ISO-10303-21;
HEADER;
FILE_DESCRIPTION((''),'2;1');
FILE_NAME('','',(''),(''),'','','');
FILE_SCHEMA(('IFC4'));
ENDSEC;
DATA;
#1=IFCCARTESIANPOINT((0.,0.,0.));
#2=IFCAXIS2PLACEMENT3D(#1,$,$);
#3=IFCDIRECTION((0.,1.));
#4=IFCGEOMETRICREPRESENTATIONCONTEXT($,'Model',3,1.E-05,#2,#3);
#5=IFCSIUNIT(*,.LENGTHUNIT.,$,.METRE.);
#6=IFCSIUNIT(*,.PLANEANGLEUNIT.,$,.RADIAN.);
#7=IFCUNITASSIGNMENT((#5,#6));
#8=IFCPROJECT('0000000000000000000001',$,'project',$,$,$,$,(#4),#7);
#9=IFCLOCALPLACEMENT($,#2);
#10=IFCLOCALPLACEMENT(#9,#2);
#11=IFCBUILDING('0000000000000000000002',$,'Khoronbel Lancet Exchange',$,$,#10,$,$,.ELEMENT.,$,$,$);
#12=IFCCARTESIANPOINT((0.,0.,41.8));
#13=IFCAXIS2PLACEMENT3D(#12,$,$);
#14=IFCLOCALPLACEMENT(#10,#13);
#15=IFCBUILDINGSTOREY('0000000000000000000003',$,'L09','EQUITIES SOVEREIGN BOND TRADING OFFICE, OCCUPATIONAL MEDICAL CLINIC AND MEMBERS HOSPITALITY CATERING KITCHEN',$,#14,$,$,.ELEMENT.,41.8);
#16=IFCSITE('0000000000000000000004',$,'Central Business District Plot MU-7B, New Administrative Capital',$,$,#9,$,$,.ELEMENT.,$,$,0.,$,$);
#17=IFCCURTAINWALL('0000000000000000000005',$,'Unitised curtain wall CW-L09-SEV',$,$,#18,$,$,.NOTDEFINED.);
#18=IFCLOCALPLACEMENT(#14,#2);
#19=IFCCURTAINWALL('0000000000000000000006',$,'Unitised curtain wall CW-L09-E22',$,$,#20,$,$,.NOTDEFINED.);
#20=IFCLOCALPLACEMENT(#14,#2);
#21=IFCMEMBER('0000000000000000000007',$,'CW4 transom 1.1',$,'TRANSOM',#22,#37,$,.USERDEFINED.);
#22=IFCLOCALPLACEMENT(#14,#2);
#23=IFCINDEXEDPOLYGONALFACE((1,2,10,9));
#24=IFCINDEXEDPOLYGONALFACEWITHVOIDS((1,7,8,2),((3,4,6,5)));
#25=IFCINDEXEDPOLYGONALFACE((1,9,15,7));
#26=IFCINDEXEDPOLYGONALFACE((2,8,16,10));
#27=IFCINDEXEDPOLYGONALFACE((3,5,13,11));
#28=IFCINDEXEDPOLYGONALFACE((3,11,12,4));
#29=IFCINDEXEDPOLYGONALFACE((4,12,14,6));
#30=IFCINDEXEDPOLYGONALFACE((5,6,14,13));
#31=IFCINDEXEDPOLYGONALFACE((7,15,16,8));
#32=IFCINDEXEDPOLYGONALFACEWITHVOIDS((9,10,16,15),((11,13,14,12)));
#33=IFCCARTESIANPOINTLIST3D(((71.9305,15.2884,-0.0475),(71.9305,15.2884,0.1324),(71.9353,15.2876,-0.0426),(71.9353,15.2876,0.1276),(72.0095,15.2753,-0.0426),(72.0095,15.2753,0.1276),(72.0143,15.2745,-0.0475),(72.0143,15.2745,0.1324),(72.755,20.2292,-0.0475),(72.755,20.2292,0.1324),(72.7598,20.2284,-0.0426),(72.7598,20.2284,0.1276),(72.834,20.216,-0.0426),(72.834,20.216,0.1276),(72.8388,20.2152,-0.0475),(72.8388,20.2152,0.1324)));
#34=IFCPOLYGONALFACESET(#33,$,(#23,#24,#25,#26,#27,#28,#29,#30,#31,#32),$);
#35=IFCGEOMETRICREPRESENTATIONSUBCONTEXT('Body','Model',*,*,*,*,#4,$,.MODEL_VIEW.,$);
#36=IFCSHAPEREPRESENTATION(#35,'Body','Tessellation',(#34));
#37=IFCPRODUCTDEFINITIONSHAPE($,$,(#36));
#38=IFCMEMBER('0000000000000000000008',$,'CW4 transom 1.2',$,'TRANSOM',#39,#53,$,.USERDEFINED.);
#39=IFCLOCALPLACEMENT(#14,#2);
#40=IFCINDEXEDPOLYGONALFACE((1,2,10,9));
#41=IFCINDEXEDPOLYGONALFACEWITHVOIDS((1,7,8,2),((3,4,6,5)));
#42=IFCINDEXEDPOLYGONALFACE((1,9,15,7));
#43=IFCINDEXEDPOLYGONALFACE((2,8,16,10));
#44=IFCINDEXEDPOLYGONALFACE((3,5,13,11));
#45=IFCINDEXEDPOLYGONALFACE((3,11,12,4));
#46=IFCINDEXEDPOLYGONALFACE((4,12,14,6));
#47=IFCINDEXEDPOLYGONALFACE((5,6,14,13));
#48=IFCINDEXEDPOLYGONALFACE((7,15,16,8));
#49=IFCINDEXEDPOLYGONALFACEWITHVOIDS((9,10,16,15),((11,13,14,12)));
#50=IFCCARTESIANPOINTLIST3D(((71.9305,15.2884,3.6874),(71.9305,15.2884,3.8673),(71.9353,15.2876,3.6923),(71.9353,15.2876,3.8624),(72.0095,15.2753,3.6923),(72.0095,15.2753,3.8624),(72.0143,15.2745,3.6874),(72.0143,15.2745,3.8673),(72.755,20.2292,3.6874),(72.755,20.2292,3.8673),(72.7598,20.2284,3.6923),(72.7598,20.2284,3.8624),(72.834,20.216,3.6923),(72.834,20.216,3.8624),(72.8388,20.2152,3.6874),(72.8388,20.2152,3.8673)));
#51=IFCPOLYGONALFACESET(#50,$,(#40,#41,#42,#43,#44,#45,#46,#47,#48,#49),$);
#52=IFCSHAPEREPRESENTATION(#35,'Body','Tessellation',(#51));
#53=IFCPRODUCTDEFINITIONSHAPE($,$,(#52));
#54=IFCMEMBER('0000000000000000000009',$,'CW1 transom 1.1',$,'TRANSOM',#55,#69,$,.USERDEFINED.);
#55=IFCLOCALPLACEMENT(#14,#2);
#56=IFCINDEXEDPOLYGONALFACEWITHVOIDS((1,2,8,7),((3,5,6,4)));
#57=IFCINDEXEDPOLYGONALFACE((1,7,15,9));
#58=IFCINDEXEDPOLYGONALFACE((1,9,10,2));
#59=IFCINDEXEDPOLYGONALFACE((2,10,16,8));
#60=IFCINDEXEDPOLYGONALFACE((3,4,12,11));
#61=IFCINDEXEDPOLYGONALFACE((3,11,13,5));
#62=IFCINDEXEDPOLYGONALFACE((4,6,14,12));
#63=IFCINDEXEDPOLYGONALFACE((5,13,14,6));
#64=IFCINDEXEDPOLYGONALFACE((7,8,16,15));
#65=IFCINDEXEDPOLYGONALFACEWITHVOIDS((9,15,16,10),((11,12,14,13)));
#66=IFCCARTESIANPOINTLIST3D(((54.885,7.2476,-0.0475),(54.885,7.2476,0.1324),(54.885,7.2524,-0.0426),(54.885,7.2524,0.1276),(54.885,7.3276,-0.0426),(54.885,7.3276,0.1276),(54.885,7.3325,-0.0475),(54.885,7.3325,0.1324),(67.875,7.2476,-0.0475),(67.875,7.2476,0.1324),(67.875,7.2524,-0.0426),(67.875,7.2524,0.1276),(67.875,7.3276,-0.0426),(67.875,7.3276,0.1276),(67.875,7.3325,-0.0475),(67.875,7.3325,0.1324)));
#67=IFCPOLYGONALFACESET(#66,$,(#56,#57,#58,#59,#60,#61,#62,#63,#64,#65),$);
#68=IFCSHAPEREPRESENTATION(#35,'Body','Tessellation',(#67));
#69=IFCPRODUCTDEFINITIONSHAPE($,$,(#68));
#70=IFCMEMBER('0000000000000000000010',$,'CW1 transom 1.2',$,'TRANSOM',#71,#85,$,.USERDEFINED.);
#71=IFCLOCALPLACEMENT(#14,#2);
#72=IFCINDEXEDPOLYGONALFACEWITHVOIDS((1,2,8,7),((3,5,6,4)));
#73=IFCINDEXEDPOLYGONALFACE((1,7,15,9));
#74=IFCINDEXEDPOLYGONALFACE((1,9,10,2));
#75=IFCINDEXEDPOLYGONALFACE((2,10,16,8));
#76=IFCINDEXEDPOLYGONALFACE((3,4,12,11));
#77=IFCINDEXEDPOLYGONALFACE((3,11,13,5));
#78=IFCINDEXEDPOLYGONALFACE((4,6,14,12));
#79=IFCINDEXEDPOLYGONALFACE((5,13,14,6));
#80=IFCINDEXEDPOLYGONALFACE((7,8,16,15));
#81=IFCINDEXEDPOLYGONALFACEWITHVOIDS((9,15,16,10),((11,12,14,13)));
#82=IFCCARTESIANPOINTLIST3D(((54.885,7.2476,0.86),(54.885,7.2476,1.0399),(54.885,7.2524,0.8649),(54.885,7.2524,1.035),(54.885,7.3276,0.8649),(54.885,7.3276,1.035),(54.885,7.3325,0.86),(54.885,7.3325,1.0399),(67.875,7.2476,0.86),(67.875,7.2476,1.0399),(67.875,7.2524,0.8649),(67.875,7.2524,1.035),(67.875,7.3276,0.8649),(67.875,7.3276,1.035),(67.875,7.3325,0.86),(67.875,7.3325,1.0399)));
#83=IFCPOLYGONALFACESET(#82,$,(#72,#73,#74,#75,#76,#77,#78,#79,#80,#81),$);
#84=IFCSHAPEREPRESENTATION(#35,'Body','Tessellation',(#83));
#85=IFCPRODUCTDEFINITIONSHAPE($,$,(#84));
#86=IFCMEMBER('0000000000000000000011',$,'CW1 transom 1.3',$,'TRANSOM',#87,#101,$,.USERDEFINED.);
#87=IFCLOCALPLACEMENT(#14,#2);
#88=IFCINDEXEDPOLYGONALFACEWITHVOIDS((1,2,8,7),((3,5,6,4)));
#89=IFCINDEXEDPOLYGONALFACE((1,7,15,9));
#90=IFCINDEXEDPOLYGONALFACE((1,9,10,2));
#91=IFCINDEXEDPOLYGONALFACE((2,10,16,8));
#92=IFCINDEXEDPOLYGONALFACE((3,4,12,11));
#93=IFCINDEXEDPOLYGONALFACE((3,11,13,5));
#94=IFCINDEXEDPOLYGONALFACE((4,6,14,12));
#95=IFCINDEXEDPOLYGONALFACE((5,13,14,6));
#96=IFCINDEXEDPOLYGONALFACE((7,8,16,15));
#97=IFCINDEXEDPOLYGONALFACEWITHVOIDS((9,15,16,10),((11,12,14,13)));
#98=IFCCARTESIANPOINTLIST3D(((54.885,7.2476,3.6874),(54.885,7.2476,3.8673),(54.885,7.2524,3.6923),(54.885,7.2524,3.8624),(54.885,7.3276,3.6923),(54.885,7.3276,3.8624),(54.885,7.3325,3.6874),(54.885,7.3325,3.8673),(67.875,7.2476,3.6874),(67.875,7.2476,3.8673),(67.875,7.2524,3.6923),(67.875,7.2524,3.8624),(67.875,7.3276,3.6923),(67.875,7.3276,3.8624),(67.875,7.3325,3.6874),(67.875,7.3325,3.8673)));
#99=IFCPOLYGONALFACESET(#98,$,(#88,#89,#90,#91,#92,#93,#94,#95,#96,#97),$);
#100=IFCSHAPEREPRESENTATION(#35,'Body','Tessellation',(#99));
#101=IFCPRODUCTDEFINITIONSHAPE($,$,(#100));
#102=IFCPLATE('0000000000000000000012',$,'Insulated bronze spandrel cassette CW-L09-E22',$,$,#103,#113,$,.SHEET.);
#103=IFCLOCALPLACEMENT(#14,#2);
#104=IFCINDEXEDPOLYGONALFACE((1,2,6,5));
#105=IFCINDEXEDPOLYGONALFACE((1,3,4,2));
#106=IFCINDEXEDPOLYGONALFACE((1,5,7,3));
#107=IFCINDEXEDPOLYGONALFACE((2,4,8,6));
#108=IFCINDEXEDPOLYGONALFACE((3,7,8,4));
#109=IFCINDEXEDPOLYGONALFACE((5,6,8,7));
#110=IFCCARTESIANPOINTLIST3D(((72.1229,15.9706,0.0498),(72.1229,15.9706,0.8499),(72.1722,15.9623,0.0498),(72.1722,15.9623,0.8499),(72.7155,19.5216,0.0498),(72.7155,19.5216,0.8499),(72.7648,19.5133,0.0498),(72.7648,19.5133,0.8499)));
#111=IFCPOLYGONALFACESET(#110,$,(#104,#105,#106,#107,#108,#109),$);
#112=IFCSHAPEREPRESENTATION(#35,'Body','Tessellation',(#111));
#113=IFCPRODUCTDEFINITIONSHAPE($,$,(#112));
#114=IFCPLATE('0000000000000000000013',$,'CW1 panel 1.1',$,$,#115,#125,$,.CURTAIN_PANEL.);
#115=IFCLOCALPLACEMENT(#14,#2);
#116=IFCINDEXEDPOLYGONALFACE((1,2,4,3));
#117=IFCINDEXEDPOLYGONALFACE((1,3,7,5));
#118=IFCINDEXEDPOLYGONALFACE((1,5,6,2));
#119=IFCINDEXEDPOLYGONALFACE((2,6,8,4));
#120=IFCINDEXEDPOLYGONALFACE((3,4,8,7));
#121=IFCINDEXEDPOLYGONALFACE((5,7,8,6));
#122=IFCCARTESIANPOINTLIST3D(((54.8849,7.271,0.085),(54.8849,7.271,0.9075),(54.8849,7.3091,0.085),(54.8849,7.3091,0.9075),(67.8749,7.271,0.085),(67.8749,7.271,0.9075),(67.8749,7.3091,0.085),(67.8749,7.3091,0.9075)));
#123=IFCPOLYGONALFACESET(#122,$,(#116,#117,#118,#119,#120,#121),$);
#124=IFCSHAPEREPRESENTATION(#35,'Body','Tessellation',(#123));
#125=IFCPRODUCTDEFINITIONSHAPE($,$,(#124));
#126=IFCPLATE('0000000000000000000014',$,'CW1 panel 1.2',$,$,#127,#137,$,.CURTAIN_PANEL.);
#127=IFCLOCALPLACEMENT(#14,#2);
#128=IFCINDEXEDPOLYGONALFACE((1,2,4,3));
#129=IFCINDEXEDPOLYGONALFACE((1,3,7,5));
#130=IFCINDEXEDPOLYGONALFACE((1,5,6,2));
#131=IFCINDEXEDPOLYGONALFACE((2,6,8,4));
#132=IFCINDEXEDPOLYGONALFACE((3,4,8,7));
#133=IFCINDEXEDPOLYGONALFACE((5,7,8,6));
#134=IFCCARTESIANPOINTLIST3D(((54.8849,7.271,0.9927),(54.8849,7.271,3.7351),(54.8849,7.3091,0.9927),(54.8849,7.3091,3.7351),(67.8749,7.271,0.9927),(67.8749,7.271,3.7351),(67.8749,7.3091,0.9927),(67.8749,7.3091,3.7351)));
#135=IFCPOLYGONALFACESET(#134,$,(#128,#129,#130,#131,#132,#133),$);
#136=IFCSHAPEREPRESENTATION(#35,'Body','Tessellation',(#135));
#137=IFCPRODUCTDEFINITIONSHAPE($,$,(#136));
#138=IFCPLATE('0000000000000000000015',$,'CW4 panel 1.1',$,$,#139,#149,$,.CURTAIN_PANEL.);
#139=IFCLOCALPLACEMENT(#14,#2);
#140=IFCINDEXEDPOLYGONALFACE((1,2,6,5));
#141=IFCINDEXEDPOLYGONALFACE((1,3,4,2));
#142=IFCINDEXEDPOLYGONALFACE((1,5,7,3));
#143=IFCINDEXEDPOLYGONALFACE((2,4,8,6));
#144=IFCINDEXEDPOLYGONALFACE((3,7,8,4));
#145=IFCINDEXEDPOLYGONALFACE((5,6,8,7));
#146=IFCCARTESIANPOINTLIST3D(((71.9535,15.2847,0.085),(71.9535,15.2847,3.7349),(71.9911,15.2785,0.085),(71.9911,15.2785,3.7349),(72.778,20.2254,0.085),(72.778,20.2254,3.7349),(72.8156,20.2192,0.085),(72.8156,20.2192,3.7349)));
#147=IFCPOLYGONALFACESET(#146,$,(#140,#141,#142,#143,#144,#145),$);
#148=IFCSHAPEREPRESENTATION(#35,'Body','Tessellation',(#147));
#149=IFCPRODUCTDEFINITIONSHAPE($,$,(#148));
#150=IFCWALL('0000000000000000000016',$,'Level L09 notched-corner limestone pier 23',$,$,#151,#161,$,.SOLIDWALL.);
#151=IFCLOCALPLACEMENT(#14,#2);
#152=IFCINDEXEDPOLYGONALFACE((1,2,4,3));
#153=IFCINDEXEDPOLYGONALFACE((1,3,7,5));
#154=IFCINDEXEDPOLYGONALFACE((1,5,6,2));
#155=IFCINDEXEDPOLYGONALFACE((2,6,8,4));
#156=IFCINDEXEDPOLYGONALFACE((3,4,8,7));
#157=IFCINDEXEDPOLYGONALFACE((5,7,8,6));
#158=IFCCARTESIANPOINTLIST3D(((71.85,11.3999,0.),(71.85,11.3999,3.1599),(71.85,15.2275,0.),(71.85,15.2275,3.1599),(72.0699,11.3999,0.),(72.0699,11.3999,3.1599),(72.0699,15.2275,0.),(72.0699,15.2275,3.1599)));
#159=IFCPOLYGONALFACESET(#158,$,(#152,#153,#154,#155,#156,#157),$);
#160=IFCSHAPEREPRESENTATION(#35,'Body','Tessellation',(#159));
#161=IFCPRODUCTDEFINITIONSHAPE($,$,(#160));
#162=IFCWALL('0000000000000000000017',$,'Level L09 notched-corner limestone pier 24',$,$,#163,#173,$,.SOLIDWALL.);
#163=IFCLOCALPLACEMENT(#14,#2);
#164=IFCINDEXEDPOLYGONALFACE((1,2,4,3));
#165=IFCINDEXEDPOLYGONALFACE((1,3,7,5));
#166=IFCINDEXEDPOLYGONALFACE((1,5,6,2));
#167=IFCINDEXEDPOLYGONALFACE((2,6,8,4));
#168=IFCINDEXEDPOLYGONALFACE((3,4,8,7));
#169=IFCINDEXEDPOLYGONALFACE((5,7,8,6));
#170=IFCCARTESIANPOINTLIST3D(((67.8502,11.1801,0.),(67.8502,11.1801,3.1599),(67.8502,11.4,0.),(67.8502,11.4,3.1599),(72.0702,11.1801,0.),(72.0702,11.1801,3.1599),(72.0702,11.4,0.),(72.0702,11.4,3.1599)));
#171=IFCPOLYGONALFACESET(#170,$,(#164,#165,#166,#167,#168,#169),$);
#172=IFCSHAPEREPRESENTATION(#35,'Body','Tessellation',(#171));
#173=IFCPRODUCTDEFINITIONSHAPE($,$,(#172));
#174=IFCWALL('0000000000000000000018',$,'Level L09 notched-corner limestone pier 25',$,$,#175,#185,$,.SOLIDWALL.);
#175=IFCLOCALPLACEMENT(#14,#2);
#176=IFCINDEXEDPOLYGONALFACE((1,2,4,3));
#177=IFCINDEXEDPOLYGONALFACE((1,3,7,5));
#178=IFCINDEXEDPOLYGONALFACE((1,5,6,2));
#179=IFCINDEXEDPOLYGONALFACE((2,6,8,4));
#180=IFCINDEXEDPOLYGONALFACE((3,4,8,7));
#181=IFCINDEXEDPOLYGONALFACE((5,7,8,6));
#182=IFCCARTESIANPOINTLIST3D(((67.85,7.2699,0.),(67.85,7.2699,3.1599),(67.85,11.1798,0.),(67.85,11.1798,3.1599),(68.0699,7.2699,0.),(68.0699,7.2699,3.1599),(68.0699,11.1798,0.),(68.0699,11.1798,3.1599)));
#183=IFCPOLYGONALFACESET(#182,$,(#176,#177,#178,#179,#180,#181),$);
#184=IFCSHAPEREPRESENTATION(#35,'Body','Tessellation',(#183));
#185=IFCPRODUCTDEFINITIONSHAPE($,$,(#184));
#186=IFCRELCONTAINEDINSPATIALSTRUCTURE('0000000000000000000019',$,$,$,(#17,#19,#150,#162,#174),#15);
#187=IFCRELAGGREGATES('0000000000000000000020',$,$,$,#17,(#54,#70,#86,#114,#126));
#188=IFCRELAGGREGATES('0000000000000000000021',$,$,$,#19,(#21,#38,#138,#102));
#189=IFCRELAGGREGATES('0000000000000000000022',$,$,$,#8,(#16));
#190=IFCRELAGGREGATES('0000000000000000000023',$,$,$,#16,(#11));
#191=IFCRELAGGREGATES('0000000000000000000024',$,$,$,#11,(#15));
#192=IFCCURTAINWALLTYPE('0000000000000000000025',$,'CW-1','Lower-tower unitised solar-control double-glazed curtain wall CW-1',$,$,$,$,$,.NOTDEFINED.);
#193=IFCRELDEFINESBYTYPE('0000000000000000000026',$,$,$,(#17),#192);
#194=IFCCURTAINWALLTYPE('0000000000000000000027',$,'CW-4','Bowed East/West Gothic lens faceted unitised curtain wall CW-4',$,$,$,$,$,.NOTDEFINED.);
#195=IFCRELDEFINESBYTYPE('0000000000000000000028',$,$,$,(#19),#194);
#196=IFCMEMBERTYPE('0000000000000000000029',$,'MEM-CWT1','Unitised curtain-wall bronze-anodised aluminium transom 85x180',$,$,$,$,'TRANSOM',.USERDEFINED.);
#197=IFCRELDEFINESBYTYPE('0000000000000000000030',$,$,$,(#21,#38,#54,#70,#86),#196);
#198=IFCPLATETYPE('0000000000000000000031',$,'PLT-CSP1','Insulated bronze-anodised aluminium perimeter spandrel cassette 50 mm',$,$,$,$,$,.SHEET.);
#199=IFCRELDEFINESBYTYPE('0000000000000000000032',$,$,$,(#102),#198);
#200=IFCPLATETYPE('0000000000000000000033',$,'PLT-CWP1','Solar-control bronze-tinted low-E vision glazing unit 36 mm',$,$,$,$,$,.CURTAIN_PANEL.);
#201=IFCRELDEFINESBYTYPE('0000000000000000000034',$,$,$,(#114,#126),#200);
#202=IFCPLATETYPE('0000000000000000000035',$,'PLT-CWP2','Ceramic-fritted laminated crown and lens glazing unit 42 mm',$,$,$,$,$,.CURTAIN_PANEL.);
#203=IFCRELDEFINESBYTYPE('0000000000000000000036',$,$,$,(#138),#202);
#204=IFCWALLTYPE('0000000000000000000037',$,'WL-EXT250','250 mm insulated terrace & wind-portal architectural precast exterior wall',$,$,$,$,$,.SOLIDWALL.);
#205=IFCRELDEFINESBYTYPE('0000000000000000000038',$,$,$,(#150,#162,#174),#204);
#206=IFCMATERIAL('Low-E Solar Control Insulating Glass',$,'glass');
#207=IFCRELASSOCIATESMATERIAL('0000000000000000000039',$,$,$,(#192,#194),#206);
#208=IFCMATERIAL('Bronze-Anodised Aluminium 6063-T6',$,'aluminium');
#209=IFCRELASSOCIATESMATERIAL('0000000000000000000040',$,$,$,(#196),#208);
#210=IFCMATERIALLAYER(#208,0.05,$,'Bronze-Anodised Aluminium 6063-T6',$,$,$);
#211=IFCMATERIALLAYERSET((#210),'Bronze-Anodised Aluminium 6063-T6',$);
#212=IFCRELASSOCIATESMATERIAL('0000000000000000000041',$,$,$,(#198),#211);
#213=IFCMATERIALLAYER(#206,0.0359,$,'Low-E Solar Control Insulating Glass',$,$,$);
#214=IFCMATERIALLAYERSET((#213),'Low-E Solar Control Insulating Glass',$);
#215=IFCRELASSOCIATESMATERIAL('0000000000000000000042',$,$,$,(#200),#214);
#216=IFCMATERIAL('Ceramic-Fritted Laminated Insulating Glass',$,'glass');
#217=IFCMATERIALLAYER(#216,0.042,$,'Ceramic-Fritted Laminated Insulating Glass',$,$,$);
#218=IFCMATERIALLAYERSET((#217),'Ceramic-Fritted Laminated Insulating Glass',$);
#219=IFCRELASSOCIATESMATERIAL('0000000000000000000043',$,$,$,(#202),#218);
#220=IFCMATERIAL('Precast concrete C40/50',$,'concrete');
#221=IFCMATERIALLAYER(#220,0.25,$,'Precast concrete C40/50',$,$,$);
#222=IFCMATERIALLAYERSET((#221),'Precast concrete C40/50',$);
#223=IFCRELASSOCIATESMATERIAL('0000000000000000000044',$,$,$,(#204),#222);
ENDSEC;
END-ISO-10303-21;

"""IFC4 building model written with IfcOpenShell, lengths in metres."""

from ifc_helpers import new_model, si_unit, direction, frame, frame_2d, origin, origin_2d, place, context, subcontext, project, spatial, rectangle, hollow_rectangle, extrude, material, layer, layer_set, material_profile, profile_set, type_object, element, aggregate, save


model = new_model("IFC4")

# Units and contexts
model_context = context("Model", 3, precision=1e-05, world=origin(), true_north=direction((0.0, 1.0)))
body_context = subcontext(model_context, "Body", "Model", "MODEL_VIEW")
ifc_project = project(units=[si_unit("LENGTHUNIT", "METRE"), si_unit("PLANEANGLEUNIT", "RADIAN")], contexts=[model_context])

# Site, building, storey
site_placement = place(None, origin())
site = spatial("IfcSite", under=ifc_project, at=site_placement, Name="Central Business District Plot MU-7B, New Administrative Capital", CompositionType="ELEMENT", RefElevation=0.0)
building_placement = place(site_placement, origin())
building = spatial("IfcBuilding", under=site, at=building_placement, Name="Khoronbel Lancet Exchange", CompositionType="ELEMENT")
storey_placement = place(building_placement, frame((0.0, 0.0, 41.8)))
storey = spatial("IfcBuildingStorey", under=building, at=storey_placement, Name="L09", Description="EQUITIES SOVEREIGN BOND TRADING OFFICE, OCCUPATIONAL MEDICAL CLINIC AND MEMBERS HOSPITALITY CATERING KITCHEN", CompositionType="ELEMENT", Elevation=41.8)

# Curtain wall
ifc_material_1 = material(Name="Low-E Solar Control Insulating Glass", Category="glass")
curtain_wall_type_1 = type_object("IfcCurtainWallType", Name="CW-1", Description="Lower-tower unitised solar-control double-glazed curtain wall CW-1", PredefinedType="NOTDEFINED", material=ifc_material_1)
curtain_wall_1_placement = place(storey_placement, origin())
curtain_wall_1 = element("IfcCurtainWall", 1, at=curtain_wall_1_placement, inside=storey, type_object=curtain_wall_type_1, Name="Unitised curtain wall CW-L09-SEV", PredefinedType="NOTDEFINED")
ifc_material_2 = material(Name="Bronze-Anodised Aluminium 6063-T6", Category="aluminium")

# Shared definitions
curtain_wall_type_2 = type_object("IfcCurtainWallType", Name="CW-4", Description="Bowed East/West Gothic lens faceted unitised curtain wall CW-4", PredefinedType="NOTDEFINED", material=ifc_material_1)

# Curtain wall, members
curtain_wall_2_placement = place(storey_placement, origin())
curtain_wall_2 = element("IfcCurtainWall", 2, at=curtain_wall_2_placement, inside=storey, type_object=curtain_wall_type_2, Name="Unitised curtain wall CW-L09-E22", PredefinedType="NOTDEFINED")
ifc_material_profile_1 = material_profile(ifc_material_2, hollow_rectangle(XDim=0.085, YDim=0.1799, WallThickness=0.0049, at=origin_2d()), Name="ALU TRANSOM 85x180")
ifc_profile_set_1 = profile_set([ifc_material_profile_1], Name="Bronze-Anodised Aluminium 6063-T6")
member_type_1 = type_object("IfcMemberType", Name="MEM-CWT1", Description="Unitised curtain-wall bronze-anodised aluminium transom 85x180", ElementType="TRANSOM", PredefinedType="USERDEFINED", material=ifc_profile_set_1)
member_1_placement = place(storey_placement, frame((72.7969, 20.2222, 0.0425), z_axis=(-0.164597, -0.986361, 0.0), x_axis=(0.986361, -0.164597, 0.0)))
member_1 = element("IfcMember", 3, at=member_1_placement, type_object=member_type_1, Name="CW4 transom 1.1", ObjectType="TRANSOM", PredefinedType="USERDEFINED", context=body_context, shape_type="SweptSolid", body=[
    extrude(hollow_rectangle(XDim=0.085, YDim=0.1799, WallThickness=0.0049, at=origin_2d()), origin(), (0.0, 0.0, 1.0), 5.009),
])
member_2_placement = place(storey_placement, frame((72.7969, 20.2222, 3.7773), z_axis=(-0.164597, -0.986361, 0.0), x_axis=(0.986361, -0.164597, 0.0)))
member_2 = element("IfcMember", 4, at=member_2_placement, type_object=member_type_1, Name="CW4 transom 1.2", ObjectType="TRANSOM", PredefinedType="USERDEFINED", context=body_context, shape_type="SweptSolid", body=[
    extrude(hollow_rectangle(XDim=0.085, YDim=0.1799, WallThickness=0.0049, at=origin_2d()), origin(), (0.0, 0.0, 1.0), 5.009),
])

# Members
member_3_placement = place(storey_placement, frame((54.885, 7.29, 0.0425), z_axis=(1.0, 0.0, 0.0), x_axis=(0.0, 1.0, 0.0)))
member_3 = element("IfcMember", 5, at=member_3_placement, type_object=member_type_1, Name="CW1 transom 1.1", ObjectType="TRANSOM", PredefinedType="USERDEFINED", context=body_context, shape_type="SweptSolid", body=[
    extrude(hollow_rectangle(XDim=0.085, YDim=0.1799, WallThickness=0.0049, at=origin_2d()), origin(), (0.0, 0.0, 1.0), 12.99),
])
member_4_placement = place(storey_placement, frame((54.885, 7.29, 0.95), z_axis=(1.0, 0.0, 0.0), x_axis=(0.0, 1.0, 0.0)))
member_4 = element("IfcMember", 6, at=member_4_placement, type_object=member_type_1, Name="CW1 transom 1.2", ObjectType="TRANSOM", PredefinedType="USERDEFINED", context=body_context, shape_type="SweptSolid", body=[
    extrude(hollow_rectangle(XDim=0.085, YDim=0.1799, WallThickness=0.0049, at=origin_2d()), origin(), (0.0, 0.0, 1.0), 12.99),
])
member_5_placement = place(storey_placement, frame((54.885, 7.29, 3.7773), z_axis=(1.0, 0.0, 0.0), x_axis=(0.0, 1.0, 0.0)))
member_5 = element("IfcMember", 7, at=member_5_placement, type_object=member_type_1, Name="CW1 transom 1.3", ObjectType="TRANSOM", PredefinedType="USERDEFINED", context=body_context, shape_type="SweptSolid", body=[
    extrude(hollow_rectangle(XDim=0.085, YDim=0.1799, WallThickness=0.0049, at=origin_2d()), origin(), (0.0, 0.0, 1.0), 12.99),
])

# Plates
ifc_layer_1 = layer(ifc_material_2, 0.05, Name="Bronze-Anodised Aluminium 6063-T6")
ifc_layer_set_1 = layer_set([ifc_layer_1], Name="Bronze-Anodised Aluminium 6063-T6")
plate_type_1 = type_object("IfcPlateType", Name="PLT-CSP1", Description="Insulated bronze-anodised aluminium perimeter spandrel cassette 50 mm", PredefinedType="SHEET", material=ifc_layer_set_1)
plate_1_placement = place(storey_placement, frame((72.4438, 17.7419, 0.0498), z_axis=(0.0, 0.0, 1.0), x_axis=(-0.164603, -0.98636, 0.0)))
plate_1 = element("IfcPlate", 8, at=plate_1_placement, type_object=plate_type_1, Name="Insulated bronze spandrel cassette CW-L09-E22", PredefinedType="SHEET", context=body_context, shape_type="SweptSolid", body=[
    extrude(rectangle(XDim=3.6001, YDim=0.05, at=origin_2d()), origin(), (0.0, 0.0, 1.0), 0.8),
])
ifc_layer_2 = layer(ifc_material_1, 0.0359, Name="Low-E Solar Control Insulating Glass")
ifc_layer_set_2 = layer_set([ifc_layer_2], Name="Low-E Solar Control Insulating Glass")
plate_type_2 = type_object("IfcPlateType", Name="PLT-CWP1", Description="Solar-control bronze-tinted low-E vision glazing unit 36 mm", PredefinedType="CURTAIN_PANEL", material=ifc_layer_set_2)
plate_2_placement = place(storey_placement, frame((61.3799, 7.29, 0.085), z_axis=(0.0, 0.0, 1.0), x_axis=(1.0, 0.0, 0.0)))
plate_2 = element("IfcPlate", 9, at=plate_2_placement, type_object=plate_type_2, Name="CW1 panel 1.1", PredefinedType="CURTAIN_PANEL", context=body_context, shape_type="SweptSolid", body=[
    extrude(rectangle(XDim=12.99, YDim=0.0381, at=origin_2d()), origin(), (0.0, 0.0, 1.0), 0.8225),
])
plate_3_placement = place(storey_placement, frame((61.3799, 7.29, 0.9927), z_axis=(0.0, 0.0, 1.0), x_axis=(1.0, 0.0, 0.0)))
plate_3 = element("IfcPlate", 10, at=plate_3_placement, type_object=plate_type_2, Name="CW1 panel 1.2", PredefinedType="CURTAIN_PANEL", context=body_context, shape_type="SweptSolid", body=[
    extrude(rectangle(XDim=12.99, YDim=0.0381, at=origin_2d()), origin(), (0.0, 0.0, 1.0), 2.7424),
])
aggregate(curtain_wall_1, [member_3, member_4, member_5, plate_2, plate_3])
ifc_material_3 = material(Name="Ceramic-Fritted Laminated Insulating Glass", Category="glass")
ifc_layer_3 = layer(ifc_material_3, 0.042, Name="Ceramic-Fritted Laminated Insulating Glass")
ifc_layer_set_3 = layer_set([ifc_layer_3], Name="Ceramic-Fritted Laminated Insulating Glass")
plate_type_3 = type_object("IfcPlateType", Name="PLT-CWP2", Description="Ceramic-fritted laminated crown and lens glazing unit 42 mm", PredefinedType="CURTAIN_PANEL", material=ifc_layer_set_3)
plate_4_placement = place(storey_placement, frame((72.3845, 17.752, 0.085), z_axis=(0.0, 0.0, 1.0), x_axis=(-0.164603, -0.98636, 0.0)))
plate_4 = element("IfcPlate", 11, at=plate_4_placement, type_object=plate_type_3, Name="CW4 panel 1.1", PredefinedType="CURTAIN_PANEL", context=body_context, shape_type="SweptSolid", body=[
    extrude(rectangle(XDim=5.009, YDim=0.0381, at=origin_2d()), origin(), (0.0, 0.0, 1.0), 3.6499),
])
aggregate(curtain_wall_2, [member_1, member_2, plate_4, plate_1])

# Walls
ifc_material_4 = material(Name="Precast concrete C40/50", Category="concrete")
ifc_layer_4 = layer(ifc_material_4, 0.25, Name="Precast concrete C40/50")
ifc_layer_set_4 = layer_set([ifc_layer_4], Name="Precast concrete C40/50")
wall_type_1 = type_object("IfcWallType", Name="WL-EXT250", Description="250 mm insulated terrace & wind-portal architectural precast exterior wall", PredefinedType="SOLIDWALL", material=ifc_layer_set_4)
wall_1_placement = place(storey_placement, frame((71.96, 15.2275, 0.0), z_axis=(0.0, 0.0, 1.0), x_axis=(0.0, -1.0, 0.0)))
element("IfcWall", 12, at=wall_1_placement, inside=storey, type_object=wall_type_1, Name="Level L09 notched-corner limestone pier 23", PredefinedType="SOLIDWALL", context=body_context, shape_type="SweptSolid", body=[
    extrude(rectangle(XDim=3.8276, YDim=0.22, at=frame_2d((1.9138, 0.0))), origin(), (0.0, 0.0, 1.0), 3.1599),
])
wall_2_placement = place(storey_placement, frame((72.0701, 11.29, 0.0), z_axis=(0.0, 0.0, 1.0), x_axis=(-1.0, 0.0, 0.0)))
element("IfcWall", 13, at=wall_2_placement, inside=storey, type_object=wall_type_1, Name="Level L09 notched-corner limestone pier 24", PredefinedType="SOLIDWALL", context=body_context, shape_type="SweptSolid", body=[
    extrude(rectangle(XDim=4.22, YDim=0.22, at=frame_2d((2.1099, 0.0))), origin(), (0.0, 0.0, 1.0), 3.1599),
])
wall_3_placement = place(storey_placement, frame((67.96, 11.1799, 0.0), z_axis=(0.0, 0.0, 1.0), x_axis=(0.0, -1.0, 0.0)))
element("IfcWall", 14, at=wall_3_placement, inside=storey, type_object=wall_type_1, Name="Level L09 notched-corner limestone pier 25", PredefinedType="SOLIDWALL", context=body_context, shape_type="SweptSolid", body=[
    extrude(rectangle(XDim=3.9099, YDim=0.22, at=frame_2d((1.9551, 0.0))), origin(), (0.0, 0.0, 1.0), 3.1599),
])

save(model, "model.ifc")
